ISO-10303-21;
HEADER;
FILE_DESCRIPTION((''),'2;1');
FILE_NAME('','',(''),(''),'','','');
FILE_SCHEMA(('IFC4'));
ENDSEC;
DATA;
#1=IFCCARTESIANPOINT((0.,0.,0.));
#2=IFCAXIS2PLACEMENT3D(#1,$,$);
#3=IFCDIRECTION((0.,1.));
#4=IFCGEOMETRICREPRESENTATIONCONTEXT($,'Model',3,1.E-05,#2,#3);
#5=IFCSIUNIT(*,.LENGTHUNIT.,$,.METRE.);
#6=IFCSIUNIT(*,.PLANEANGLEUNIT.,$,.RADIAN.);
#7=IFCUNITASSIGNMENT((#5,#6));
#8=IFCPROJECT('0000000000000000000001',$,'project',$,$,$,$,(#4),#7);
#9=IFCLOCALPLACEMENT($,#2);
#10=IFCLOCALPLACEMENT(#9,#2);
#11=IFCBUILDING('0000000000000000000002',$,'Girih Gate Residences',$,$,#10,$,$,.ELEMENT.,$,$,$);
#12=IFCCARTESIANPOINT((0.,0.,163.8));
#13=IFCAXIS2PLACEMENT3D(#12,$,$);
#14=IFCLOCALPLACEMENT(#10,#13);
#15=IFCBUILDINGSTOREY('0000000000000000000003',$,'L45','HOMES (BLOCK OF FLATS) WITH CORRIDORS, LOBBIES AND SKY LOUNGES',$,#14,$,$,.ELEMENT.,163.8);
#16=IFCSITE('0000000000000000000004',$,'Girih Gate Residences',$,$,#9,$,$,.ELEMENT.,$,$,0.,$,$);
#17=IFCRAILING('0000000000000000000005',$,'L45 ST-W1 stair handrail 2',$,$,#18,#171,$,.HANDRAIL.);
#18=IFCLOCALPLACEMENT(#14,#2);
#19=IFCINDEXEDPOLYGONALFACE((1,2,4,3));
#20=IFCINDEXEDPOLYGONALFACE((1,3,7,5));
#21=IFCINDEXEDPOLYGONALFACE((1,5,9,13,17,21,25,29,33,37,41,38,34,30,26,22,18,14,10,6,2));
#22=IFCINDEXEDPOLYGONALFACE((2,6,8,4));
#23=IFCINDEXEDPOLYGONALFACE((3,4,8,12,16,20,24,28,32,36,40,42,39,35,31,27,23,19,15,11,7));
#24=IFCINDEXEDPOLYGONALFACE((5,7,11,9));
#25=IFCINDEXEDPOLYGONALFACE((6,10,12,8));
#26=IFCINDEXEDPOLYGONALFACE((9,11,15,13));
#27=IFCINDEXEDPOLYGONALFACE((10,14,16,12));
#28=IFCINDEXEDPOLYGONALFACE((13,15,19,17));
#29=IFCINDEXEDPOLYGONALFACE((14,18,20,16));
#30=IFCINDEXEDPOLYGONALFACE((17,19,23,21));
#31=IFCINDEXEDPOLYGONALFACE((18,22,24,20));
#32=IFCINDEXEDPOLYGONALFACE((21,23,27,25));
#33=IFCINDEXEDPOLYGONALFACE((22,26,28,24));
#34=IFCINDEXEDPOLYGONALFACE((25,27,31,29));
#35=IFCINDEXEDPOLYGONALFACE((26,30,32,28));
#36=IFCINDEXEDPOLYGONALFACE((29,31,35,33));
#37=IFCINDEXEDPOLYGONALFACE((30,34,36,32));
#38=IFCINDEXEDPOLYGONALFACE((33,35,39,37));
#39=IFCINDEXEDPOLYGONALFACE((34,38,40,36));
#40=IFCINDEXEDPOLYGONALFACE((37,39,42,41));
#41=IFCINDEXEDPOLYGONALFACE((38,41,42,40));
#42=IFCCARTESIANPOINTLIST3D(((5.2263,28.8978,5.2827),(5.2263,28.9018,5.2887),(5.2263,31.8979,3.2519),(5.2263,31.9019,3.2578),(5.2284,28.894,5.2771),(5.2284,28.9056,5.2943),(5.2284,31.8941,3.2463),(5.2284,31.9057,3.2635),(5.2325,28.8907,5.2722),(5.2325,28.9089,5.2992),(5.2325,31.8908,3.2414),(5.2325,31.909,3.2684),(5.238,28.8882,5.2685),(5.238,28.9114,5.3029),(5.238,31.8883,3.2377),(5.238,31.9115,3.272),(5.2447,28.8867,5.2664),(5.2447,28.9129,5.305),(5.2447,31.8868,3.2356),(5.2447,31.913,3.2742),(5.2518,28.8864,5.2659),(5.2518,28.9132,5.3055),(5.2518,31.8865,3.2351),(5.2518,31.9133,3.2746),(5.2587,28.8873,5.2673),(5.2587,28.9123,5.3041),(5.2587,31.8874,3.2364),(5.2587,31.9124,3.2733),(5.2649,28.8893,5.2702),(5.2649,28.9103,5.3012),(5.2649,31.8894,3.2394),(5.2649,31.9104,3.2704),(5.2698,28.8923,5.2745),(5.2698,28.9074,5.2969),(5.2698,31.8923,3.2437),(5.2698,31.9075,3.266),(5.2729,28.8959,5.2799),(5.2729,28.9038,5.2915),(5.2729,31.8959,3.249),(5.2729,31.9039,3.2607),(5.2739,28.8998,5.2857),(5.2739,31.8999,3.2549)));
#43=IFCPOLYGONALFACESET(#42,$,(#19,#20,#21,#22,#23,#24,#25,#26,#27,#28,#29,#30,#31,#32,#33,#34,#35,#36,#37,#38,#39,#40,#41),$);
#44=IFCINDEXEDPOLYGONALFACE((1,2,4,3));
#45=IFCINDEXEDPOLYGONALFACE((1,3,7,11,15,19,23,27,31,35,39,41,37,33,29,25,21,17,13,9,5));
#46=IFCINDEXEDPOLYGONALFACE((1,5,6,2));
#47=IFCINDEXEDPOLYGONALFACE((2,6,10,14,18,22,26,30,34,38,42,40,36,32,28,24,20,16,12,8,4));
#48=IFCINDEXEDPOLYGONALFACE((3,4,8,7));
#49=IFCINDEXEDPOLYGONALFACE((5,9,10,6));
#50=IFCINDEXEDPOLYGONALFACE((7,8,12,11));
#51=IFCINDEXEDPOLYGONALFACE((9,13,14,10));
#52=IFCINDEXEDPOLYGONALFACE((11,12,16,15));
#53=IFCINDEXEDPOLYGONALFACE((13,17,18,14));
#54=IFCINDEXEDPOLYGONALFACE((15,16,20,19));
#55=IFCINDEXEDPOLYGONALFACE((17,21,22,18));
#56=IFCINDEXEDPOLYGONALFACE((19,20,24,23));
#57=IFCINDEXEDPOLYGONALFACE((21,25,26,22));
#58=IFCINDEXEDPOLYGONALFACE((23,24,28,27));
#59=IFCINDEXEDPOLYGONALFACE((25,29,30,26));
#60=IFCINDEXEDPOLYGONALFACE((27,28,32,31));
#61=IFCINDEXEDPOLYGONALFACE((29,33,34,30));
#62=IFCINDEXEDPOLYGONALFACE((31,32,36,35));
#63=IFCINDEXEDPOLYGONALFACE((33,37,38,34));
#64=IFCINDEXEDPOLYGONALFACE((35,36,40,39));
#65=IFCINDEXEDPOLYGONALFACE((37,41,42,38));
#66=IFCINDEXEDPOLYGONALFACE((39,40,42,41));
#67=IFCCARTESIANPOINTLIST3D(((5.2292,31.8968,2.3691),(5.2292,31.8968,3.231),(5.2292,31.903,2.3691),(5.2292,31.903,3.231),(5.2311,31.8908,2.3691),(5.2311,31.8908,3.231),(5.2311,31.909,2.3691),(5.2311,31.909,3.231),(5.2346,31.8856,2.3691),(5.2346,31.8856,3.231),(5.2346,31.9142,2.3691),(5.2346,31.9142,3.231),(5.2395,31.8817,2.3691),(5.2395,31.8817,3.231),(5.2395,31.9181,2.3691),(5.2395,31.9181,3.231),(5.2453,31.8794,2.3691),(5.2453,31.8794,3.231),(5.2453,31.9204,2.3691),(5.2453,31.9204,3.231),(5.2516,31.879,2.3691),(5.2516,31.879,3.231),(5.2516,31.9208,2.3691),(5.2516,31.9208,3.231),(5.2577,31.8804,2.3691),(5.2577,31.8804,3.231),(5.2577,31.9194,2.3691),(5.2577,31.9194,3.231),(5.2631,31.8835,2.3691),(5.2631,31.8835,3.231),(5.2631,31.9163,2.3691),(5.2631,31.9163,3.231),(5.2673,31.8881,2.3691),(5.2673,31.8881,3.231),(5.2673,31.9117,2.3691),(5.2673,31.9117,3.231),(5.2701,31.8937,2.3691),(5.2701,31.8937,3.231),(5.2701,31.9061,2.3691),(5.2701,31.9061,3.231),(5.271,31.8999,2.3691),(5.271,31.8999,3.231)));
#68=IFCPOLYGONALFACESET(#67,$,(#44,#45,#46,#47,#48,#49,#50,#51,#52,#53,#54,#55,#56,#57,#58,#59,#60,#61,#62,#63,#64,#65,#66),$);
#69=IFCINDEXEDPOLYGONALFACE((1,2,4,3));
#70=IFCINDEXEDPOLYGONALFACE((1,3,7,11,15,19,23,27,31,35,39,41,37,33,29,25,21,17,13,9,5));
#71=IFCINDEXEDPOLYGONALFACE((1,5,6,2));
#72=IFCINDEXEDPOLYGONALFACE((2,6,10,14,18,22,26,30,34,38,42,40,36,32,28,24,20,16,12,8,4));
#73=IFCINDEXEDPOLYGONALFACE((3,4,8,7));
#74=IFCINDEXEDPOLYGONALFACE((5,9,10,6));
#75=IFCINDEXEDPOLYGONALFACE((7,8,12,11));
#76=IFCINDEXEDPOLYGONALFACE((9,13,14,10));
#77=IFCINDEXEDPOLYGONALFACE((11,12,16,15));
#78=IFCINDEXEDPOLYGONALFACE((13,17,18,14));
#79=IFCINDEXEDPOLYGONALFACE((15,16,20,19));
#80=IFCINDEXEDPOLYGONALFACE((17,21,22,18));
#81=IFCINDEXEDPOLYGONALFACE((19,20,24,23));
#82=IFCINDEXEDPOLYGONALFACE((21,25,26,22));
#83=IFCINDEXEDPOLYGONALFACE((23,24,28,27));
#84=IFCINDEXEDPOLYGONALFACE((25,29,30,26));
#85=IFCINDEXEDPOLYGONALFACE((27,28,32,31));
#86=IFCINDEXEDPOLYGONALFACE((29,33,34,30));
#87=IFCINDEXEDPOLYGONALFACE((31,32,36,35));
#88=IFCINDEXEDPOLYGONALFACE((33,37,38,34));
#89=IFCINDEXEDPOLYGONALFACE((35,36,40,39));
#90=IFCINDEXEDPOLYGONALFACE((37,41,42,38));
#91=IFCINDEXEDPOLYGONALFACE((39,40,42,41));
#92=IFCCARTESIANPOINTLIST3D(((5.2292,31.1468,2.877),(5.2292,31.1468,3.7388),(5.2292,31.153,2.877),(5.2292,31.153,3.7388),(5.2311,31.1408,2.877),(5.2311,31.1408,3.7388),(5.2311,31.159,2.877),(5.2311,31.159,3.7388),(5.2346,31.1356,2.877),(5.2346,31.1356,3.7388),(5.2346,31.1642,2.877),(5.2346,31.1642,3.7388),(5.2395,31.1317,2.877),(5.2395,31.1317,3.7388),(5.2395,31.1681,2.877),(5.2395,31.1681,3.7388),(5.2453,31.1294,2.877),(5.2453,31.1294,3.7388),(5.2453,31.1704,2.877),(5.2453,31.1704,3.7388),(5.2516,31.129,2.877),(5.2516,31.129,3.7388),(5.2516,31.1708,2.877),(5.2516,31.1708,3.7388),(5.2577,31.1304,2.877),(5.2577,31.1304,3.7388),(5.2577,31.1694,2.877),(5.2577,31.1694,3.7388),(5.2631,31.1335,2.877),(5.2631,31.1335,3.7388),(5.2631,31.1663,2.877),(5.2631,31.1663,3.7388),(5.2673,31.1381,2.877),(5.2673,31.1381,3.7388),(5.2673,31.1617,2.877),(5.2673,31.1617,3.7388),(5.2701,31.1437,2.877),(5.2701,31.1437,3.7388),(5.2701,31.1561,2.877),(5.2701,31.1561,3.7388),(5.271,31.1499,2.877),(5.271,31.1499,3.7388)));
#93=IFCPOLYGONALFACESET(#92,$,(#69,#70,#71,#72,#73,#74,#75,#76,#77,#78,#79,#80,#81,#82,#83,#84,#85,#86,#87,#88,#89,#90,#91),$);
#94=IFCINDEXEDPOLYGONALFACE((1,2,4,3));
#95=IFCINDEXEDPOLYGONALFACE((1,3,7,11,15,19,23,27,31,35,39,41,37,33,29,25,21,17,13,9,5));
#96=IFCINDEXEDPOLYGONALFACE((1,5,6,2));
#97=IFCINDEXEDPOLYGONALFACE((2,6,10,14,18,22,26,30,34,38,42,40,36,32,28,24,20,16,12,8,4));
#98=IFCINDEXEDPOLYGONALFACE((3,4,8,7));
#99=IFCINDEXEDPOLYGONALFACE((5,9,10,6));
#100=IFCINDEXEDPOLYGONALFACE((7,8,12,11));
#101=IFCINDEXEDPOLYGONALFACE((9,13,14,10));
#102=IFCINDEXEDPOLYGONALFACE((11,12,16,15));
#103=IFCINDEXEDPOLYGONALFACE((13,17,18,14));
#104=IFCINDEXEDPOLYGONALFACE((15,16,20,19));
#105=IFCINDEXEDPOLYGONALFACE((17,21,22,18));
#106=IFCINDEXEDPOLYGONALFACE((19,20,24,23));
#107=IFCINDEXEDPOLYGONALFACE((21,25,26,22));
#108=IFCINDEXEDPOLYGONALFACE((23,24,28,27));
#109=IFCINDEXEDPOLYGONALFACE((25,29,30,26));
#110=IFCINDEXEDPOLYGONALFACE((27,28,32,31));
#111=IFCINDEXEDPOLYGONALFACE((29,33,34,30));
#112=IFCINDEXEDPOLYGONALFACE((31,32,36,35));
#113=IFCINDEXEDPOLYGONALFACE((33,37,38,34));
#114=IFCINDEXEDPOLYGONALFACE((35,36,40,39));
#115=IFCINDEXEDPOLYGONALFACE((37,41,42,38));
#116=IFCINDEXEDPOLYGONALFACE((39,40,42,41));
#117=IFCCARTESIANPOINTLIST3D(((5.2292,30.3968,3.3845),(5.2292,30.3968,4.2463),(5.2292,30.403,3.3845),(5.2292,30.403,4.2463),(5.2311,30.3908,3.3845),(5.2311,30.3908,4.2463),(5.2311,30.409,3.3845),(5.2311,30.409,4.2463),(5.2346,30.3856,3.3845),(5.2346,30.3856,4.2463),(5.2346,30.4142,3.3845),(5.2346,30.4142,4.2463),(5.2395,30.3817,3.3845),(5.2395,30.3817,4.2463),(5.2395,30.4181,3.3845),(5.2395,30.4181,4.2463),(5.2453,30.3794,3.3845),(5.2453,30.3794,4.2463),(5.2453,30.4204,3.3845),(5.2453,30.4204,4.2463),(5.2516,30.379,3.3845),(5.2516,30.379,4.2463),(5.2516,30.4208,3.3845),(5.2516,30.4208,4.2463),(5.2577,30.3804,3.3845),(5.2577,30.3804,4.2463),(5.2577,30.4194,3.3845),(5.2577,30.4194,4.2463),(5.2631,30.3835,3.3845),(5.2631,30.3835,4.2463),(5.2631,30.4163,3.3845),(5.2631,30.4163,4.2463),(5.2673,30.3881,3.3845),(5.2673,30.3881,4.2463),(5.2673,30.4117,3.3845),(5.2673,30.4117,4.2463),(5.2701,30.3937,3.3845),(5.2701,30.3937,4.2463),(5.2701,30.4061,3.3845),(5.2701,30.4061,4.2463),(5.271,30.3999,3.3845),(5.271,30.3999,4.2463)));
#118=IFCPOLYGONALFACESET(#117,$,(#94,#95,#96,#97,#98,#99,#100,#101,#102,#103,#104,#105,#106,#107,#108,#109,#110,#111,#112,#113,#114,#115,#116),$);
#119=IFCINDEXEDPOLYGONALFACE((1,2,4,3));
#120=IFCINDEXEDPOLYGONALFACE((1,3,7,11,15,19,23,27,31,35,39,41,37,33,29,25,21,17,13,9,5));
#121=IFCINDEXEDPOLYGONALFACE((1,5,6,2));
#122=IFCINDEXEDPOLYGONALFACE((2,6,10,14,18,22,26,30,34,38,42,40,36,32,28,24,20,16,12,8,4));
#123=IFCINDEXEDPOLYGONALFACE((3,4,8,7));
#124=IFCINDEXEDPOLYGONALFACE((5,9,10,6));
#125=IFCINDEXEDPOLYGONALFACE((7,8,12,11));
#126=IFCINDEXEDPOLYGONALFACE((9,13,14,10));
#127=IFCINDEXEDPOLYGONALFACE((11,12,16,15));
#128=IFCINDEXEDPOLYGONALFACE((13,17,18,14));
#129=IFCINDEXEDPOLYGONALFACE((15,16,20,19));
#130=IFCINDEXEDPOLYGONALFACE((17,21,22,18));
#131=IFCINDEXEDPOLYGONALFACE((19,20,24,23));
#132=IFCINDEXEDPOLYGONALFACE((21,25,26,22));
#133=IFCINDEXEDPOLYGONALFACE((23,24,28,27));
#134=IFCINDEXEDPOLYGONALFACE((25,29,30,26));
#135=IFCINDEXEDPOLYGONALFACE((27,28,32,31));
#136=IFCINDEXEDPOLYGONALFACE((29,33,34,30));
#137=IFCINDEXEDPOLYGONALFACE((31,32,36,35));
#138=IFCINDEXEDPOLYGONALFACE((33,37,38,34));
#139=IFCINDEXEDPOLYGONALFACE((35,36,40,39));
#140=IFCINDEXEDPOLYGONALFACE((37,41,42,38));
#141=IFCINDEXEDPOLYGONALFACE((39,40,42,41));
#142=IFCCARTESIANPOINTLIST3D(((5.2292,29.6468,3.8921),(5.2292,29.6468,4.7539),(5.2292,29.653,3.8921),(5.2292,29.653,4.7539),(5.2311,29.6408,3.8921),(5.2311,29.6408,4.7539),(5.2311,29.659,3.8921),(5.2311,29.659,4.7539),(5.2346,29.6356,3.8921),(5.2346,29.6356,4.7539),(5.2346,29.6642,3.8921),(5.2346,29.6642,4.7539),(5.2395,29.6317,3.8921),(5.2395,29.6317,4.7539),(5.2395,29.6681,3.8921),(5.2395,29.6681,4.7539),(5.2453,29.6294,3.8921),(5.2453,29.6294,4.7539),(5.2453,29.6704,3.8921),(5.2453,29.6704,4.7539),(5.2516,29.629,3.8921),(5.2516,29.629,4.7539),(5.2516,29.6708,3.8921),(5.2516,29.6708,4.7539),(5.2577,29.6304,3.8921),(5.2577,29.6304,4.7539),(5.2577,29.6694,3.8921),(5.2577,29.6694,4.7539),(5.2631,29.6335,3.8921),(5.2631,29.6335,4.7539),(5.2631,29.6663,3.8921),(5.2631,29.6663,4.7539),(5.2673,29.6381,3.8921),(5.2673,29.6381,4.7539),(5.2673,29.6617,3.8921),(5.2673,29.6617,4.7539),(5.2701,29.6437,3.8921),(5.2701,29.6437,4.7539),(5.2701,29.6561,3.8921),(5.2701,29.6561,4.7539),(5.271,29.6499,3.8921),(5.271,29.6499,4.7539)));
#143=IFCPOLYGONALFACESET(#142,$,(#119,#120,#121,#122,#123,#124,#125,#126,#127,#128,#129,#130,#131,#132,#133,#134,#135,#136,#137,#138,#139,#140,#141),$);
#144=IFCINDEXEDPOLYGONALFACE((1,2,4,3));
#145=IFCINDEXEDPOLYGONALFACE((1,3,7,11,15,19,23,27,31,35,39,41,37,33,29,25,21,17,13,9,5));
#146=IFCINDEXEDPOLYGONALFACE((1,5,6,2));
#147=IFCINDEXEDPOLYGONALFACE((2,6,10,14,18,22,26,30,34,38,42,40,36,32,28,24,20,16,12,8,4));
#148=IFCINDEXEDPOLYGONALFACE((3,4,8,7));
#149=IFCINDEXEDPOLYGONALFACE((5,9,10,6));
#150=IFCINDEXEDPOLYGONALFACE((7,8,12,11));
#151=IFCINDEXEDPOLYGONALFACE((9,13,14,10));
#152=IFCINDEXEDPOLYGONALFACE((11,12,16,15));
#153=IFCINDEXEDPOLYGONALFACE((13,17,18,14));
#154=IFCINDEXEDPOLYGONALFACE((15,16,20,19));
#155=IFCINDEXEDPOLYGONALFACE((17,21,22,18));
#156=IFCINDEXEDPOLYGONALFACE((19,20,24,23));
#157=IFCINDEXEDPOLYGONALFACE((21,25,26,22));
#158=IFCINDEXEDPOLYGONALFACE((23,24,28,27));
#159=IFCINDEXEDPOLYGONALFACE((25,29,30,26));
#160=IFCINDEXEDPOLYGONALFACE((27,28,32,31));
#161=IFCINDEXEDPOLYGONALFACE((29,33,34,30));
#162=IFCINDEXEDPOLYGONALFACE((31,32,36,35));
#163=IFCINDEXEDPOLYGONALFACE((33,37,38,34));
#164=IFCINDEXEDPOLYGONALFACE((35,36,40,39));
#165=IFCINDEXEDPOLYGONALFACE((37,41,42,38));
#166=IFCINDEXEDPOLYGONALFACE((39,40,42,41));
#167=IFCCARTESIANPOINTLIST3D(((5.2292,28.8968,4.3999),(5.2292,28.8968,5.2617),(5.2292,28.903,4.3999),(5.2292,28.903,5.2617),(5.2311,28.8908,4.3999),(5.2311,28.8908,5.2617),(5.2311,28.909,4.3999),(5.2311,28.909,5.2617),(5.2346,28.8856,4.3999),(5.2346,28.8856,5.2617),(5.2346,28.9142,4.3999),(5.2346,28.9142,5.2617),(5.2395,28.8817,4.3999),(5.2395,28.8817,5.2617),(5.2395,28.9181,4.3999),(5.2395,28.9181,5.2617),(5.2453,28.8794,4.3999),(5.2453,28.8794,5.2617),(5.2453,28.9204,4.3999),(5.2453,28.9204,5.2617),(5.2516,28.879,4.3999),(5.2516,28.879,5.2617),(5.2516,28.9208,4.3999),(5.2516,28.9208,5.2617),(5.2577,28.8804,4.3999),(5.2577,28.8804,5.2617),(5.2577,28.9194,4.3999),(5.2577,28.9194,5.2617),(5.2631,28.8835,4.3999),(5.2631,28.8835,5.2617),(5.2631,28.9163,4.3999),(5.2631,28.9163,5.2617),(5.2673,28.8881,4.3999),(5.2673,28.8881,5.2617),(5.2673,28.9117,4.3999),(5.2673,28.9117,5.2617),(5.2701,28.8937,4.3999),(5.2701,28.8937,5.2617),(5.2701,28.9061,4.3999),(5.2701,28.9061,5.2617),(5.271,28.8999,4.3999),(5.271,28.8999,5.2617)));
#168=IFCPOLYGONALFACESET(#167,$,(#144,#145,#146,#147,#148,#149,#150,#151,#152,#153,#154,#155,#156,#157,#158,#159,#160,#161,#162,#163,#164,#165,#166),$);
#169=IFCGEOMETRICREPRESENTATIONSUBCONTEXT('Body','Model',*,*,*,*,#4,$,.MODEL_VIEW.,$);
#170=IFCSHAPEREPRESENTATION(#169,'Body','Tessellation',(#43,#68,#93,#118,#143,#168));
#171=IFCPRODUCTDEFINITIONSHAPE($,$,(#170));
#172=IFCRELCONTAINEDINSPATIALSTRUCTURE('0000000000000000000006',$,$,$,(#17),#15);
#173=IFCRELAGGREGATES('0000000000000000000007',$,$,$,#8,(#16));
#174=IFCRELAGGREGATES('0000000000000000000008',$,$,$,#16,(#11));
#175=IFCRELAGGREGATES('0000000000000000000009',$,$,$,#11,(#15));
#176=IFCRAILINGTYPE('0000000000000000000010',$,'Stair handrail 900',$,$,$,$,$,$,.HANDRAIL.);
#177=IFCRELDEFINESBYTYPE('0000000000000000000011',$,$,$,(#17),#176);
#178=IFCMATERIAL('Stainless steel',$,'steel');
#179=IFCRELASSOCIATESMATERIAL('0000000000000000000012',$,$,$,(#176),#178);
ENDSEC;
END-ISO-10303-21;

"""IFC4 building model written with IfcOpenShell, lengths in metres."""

from ifc_helpers import new_model, si_unit, direction, frame, origin, origin_2d, place, context, subcontext, project, spatial, circle, extrude, material, type_object, element, save


model = new_model("IFC4")

# Units and contexts
model_context = context("Model", 3, precision=1e-05, world=origin(), true_north=direction((0.0, 1.0)))
body_context = subcontext(model_context, "Body", "Model", "MODEL_VIEW")
ifc_project = project(units=[si_unit("LENGTHUNIT", "METRE"), si_unit("PLANEANGLEUNIT", "RADIAN")], contexts=[model_context])

# Site, building, storey
site_placement = place(None, origin())
site = spatial("IfcSite", under=ifc_project, at=site_placement, Name="Girih Gate Residences", CompositionType="ELEMENT", RefElevation=0.0)
building_placement = place(site_placement, origin())
building = spatial("IfcBuilding", under=site, at=building_placement, Name="Girih Gate Residences", CompositionType="ELEMENT")
storey_placement = place(building_placement, frame((0.0, 0.0, 163.8)))
storey = spatial("IfcBuildingStorey", under=building, at=storey_placement, Name="L45", Description="HOMES (BLOCK OF FLATS) WITH CORRIDORS, LOBBIES AND SKY LOUNGES", CompositionType="ELEMENT", Elevation=163.8)

# Railing
ifc_material_1 = material(Name="Stainless steel", Category="steel")
railing_type_1 = type_object("IfcRailingType", Name="Stair handrail 900", PredefinedType="HANDRAIL", material=ifc_material_1)
railing_1_placement = place(storey_placement, frame((5.25, 31.8999, 2.3691)))
element("IfcRailing", 1, at=railing_1_placement, inside=storey, type_object=railing_type_1, Name="L45 ST-W1 stair handrail 2", PredefinedType="HANDRAIL", context=body_context, shape_type="SweptSolid", body=[
    extrude(circle(Radius=0.0239, at=origin_2d()), frame((0.0, 0.0, 0.8857), z_axis=(0.0, -0.82811, 0.560565), x_axis=(1.0, 0.0, 0.0)), (0.0, 0.0, 1.0), 3.6228),
    extrude(circle(Radius=0.021, at=origin_2d()), origin(), (0.0, 0.0, 1.0), 0.8618),
    extrude(circle(Radius=0.021, at=origin_2d()), frame((0.0, -0.75, 0.5078)), (0.0, 0.0, 1.0), 0.8618),
    extrude(circle(Radius=0.021, at=origin_2d()), frame((0.0, -1.5, 1.0154)), (0.0, 0.0, 1.0), 0.8618),
    extrude(circle(Radius=0.021, at=origin_2d()), frame((0.0, -2.25, 1.5229)), (0.0, 0.0, 1.0), 0.8618),
    extrude(circle(Radius=0.021, at=origin_2d()), frame((0.0, -3.0, 2.0308)), (0.0, 0.0, 1.0), 0.8618),
])

save(model, "model.ifc")
